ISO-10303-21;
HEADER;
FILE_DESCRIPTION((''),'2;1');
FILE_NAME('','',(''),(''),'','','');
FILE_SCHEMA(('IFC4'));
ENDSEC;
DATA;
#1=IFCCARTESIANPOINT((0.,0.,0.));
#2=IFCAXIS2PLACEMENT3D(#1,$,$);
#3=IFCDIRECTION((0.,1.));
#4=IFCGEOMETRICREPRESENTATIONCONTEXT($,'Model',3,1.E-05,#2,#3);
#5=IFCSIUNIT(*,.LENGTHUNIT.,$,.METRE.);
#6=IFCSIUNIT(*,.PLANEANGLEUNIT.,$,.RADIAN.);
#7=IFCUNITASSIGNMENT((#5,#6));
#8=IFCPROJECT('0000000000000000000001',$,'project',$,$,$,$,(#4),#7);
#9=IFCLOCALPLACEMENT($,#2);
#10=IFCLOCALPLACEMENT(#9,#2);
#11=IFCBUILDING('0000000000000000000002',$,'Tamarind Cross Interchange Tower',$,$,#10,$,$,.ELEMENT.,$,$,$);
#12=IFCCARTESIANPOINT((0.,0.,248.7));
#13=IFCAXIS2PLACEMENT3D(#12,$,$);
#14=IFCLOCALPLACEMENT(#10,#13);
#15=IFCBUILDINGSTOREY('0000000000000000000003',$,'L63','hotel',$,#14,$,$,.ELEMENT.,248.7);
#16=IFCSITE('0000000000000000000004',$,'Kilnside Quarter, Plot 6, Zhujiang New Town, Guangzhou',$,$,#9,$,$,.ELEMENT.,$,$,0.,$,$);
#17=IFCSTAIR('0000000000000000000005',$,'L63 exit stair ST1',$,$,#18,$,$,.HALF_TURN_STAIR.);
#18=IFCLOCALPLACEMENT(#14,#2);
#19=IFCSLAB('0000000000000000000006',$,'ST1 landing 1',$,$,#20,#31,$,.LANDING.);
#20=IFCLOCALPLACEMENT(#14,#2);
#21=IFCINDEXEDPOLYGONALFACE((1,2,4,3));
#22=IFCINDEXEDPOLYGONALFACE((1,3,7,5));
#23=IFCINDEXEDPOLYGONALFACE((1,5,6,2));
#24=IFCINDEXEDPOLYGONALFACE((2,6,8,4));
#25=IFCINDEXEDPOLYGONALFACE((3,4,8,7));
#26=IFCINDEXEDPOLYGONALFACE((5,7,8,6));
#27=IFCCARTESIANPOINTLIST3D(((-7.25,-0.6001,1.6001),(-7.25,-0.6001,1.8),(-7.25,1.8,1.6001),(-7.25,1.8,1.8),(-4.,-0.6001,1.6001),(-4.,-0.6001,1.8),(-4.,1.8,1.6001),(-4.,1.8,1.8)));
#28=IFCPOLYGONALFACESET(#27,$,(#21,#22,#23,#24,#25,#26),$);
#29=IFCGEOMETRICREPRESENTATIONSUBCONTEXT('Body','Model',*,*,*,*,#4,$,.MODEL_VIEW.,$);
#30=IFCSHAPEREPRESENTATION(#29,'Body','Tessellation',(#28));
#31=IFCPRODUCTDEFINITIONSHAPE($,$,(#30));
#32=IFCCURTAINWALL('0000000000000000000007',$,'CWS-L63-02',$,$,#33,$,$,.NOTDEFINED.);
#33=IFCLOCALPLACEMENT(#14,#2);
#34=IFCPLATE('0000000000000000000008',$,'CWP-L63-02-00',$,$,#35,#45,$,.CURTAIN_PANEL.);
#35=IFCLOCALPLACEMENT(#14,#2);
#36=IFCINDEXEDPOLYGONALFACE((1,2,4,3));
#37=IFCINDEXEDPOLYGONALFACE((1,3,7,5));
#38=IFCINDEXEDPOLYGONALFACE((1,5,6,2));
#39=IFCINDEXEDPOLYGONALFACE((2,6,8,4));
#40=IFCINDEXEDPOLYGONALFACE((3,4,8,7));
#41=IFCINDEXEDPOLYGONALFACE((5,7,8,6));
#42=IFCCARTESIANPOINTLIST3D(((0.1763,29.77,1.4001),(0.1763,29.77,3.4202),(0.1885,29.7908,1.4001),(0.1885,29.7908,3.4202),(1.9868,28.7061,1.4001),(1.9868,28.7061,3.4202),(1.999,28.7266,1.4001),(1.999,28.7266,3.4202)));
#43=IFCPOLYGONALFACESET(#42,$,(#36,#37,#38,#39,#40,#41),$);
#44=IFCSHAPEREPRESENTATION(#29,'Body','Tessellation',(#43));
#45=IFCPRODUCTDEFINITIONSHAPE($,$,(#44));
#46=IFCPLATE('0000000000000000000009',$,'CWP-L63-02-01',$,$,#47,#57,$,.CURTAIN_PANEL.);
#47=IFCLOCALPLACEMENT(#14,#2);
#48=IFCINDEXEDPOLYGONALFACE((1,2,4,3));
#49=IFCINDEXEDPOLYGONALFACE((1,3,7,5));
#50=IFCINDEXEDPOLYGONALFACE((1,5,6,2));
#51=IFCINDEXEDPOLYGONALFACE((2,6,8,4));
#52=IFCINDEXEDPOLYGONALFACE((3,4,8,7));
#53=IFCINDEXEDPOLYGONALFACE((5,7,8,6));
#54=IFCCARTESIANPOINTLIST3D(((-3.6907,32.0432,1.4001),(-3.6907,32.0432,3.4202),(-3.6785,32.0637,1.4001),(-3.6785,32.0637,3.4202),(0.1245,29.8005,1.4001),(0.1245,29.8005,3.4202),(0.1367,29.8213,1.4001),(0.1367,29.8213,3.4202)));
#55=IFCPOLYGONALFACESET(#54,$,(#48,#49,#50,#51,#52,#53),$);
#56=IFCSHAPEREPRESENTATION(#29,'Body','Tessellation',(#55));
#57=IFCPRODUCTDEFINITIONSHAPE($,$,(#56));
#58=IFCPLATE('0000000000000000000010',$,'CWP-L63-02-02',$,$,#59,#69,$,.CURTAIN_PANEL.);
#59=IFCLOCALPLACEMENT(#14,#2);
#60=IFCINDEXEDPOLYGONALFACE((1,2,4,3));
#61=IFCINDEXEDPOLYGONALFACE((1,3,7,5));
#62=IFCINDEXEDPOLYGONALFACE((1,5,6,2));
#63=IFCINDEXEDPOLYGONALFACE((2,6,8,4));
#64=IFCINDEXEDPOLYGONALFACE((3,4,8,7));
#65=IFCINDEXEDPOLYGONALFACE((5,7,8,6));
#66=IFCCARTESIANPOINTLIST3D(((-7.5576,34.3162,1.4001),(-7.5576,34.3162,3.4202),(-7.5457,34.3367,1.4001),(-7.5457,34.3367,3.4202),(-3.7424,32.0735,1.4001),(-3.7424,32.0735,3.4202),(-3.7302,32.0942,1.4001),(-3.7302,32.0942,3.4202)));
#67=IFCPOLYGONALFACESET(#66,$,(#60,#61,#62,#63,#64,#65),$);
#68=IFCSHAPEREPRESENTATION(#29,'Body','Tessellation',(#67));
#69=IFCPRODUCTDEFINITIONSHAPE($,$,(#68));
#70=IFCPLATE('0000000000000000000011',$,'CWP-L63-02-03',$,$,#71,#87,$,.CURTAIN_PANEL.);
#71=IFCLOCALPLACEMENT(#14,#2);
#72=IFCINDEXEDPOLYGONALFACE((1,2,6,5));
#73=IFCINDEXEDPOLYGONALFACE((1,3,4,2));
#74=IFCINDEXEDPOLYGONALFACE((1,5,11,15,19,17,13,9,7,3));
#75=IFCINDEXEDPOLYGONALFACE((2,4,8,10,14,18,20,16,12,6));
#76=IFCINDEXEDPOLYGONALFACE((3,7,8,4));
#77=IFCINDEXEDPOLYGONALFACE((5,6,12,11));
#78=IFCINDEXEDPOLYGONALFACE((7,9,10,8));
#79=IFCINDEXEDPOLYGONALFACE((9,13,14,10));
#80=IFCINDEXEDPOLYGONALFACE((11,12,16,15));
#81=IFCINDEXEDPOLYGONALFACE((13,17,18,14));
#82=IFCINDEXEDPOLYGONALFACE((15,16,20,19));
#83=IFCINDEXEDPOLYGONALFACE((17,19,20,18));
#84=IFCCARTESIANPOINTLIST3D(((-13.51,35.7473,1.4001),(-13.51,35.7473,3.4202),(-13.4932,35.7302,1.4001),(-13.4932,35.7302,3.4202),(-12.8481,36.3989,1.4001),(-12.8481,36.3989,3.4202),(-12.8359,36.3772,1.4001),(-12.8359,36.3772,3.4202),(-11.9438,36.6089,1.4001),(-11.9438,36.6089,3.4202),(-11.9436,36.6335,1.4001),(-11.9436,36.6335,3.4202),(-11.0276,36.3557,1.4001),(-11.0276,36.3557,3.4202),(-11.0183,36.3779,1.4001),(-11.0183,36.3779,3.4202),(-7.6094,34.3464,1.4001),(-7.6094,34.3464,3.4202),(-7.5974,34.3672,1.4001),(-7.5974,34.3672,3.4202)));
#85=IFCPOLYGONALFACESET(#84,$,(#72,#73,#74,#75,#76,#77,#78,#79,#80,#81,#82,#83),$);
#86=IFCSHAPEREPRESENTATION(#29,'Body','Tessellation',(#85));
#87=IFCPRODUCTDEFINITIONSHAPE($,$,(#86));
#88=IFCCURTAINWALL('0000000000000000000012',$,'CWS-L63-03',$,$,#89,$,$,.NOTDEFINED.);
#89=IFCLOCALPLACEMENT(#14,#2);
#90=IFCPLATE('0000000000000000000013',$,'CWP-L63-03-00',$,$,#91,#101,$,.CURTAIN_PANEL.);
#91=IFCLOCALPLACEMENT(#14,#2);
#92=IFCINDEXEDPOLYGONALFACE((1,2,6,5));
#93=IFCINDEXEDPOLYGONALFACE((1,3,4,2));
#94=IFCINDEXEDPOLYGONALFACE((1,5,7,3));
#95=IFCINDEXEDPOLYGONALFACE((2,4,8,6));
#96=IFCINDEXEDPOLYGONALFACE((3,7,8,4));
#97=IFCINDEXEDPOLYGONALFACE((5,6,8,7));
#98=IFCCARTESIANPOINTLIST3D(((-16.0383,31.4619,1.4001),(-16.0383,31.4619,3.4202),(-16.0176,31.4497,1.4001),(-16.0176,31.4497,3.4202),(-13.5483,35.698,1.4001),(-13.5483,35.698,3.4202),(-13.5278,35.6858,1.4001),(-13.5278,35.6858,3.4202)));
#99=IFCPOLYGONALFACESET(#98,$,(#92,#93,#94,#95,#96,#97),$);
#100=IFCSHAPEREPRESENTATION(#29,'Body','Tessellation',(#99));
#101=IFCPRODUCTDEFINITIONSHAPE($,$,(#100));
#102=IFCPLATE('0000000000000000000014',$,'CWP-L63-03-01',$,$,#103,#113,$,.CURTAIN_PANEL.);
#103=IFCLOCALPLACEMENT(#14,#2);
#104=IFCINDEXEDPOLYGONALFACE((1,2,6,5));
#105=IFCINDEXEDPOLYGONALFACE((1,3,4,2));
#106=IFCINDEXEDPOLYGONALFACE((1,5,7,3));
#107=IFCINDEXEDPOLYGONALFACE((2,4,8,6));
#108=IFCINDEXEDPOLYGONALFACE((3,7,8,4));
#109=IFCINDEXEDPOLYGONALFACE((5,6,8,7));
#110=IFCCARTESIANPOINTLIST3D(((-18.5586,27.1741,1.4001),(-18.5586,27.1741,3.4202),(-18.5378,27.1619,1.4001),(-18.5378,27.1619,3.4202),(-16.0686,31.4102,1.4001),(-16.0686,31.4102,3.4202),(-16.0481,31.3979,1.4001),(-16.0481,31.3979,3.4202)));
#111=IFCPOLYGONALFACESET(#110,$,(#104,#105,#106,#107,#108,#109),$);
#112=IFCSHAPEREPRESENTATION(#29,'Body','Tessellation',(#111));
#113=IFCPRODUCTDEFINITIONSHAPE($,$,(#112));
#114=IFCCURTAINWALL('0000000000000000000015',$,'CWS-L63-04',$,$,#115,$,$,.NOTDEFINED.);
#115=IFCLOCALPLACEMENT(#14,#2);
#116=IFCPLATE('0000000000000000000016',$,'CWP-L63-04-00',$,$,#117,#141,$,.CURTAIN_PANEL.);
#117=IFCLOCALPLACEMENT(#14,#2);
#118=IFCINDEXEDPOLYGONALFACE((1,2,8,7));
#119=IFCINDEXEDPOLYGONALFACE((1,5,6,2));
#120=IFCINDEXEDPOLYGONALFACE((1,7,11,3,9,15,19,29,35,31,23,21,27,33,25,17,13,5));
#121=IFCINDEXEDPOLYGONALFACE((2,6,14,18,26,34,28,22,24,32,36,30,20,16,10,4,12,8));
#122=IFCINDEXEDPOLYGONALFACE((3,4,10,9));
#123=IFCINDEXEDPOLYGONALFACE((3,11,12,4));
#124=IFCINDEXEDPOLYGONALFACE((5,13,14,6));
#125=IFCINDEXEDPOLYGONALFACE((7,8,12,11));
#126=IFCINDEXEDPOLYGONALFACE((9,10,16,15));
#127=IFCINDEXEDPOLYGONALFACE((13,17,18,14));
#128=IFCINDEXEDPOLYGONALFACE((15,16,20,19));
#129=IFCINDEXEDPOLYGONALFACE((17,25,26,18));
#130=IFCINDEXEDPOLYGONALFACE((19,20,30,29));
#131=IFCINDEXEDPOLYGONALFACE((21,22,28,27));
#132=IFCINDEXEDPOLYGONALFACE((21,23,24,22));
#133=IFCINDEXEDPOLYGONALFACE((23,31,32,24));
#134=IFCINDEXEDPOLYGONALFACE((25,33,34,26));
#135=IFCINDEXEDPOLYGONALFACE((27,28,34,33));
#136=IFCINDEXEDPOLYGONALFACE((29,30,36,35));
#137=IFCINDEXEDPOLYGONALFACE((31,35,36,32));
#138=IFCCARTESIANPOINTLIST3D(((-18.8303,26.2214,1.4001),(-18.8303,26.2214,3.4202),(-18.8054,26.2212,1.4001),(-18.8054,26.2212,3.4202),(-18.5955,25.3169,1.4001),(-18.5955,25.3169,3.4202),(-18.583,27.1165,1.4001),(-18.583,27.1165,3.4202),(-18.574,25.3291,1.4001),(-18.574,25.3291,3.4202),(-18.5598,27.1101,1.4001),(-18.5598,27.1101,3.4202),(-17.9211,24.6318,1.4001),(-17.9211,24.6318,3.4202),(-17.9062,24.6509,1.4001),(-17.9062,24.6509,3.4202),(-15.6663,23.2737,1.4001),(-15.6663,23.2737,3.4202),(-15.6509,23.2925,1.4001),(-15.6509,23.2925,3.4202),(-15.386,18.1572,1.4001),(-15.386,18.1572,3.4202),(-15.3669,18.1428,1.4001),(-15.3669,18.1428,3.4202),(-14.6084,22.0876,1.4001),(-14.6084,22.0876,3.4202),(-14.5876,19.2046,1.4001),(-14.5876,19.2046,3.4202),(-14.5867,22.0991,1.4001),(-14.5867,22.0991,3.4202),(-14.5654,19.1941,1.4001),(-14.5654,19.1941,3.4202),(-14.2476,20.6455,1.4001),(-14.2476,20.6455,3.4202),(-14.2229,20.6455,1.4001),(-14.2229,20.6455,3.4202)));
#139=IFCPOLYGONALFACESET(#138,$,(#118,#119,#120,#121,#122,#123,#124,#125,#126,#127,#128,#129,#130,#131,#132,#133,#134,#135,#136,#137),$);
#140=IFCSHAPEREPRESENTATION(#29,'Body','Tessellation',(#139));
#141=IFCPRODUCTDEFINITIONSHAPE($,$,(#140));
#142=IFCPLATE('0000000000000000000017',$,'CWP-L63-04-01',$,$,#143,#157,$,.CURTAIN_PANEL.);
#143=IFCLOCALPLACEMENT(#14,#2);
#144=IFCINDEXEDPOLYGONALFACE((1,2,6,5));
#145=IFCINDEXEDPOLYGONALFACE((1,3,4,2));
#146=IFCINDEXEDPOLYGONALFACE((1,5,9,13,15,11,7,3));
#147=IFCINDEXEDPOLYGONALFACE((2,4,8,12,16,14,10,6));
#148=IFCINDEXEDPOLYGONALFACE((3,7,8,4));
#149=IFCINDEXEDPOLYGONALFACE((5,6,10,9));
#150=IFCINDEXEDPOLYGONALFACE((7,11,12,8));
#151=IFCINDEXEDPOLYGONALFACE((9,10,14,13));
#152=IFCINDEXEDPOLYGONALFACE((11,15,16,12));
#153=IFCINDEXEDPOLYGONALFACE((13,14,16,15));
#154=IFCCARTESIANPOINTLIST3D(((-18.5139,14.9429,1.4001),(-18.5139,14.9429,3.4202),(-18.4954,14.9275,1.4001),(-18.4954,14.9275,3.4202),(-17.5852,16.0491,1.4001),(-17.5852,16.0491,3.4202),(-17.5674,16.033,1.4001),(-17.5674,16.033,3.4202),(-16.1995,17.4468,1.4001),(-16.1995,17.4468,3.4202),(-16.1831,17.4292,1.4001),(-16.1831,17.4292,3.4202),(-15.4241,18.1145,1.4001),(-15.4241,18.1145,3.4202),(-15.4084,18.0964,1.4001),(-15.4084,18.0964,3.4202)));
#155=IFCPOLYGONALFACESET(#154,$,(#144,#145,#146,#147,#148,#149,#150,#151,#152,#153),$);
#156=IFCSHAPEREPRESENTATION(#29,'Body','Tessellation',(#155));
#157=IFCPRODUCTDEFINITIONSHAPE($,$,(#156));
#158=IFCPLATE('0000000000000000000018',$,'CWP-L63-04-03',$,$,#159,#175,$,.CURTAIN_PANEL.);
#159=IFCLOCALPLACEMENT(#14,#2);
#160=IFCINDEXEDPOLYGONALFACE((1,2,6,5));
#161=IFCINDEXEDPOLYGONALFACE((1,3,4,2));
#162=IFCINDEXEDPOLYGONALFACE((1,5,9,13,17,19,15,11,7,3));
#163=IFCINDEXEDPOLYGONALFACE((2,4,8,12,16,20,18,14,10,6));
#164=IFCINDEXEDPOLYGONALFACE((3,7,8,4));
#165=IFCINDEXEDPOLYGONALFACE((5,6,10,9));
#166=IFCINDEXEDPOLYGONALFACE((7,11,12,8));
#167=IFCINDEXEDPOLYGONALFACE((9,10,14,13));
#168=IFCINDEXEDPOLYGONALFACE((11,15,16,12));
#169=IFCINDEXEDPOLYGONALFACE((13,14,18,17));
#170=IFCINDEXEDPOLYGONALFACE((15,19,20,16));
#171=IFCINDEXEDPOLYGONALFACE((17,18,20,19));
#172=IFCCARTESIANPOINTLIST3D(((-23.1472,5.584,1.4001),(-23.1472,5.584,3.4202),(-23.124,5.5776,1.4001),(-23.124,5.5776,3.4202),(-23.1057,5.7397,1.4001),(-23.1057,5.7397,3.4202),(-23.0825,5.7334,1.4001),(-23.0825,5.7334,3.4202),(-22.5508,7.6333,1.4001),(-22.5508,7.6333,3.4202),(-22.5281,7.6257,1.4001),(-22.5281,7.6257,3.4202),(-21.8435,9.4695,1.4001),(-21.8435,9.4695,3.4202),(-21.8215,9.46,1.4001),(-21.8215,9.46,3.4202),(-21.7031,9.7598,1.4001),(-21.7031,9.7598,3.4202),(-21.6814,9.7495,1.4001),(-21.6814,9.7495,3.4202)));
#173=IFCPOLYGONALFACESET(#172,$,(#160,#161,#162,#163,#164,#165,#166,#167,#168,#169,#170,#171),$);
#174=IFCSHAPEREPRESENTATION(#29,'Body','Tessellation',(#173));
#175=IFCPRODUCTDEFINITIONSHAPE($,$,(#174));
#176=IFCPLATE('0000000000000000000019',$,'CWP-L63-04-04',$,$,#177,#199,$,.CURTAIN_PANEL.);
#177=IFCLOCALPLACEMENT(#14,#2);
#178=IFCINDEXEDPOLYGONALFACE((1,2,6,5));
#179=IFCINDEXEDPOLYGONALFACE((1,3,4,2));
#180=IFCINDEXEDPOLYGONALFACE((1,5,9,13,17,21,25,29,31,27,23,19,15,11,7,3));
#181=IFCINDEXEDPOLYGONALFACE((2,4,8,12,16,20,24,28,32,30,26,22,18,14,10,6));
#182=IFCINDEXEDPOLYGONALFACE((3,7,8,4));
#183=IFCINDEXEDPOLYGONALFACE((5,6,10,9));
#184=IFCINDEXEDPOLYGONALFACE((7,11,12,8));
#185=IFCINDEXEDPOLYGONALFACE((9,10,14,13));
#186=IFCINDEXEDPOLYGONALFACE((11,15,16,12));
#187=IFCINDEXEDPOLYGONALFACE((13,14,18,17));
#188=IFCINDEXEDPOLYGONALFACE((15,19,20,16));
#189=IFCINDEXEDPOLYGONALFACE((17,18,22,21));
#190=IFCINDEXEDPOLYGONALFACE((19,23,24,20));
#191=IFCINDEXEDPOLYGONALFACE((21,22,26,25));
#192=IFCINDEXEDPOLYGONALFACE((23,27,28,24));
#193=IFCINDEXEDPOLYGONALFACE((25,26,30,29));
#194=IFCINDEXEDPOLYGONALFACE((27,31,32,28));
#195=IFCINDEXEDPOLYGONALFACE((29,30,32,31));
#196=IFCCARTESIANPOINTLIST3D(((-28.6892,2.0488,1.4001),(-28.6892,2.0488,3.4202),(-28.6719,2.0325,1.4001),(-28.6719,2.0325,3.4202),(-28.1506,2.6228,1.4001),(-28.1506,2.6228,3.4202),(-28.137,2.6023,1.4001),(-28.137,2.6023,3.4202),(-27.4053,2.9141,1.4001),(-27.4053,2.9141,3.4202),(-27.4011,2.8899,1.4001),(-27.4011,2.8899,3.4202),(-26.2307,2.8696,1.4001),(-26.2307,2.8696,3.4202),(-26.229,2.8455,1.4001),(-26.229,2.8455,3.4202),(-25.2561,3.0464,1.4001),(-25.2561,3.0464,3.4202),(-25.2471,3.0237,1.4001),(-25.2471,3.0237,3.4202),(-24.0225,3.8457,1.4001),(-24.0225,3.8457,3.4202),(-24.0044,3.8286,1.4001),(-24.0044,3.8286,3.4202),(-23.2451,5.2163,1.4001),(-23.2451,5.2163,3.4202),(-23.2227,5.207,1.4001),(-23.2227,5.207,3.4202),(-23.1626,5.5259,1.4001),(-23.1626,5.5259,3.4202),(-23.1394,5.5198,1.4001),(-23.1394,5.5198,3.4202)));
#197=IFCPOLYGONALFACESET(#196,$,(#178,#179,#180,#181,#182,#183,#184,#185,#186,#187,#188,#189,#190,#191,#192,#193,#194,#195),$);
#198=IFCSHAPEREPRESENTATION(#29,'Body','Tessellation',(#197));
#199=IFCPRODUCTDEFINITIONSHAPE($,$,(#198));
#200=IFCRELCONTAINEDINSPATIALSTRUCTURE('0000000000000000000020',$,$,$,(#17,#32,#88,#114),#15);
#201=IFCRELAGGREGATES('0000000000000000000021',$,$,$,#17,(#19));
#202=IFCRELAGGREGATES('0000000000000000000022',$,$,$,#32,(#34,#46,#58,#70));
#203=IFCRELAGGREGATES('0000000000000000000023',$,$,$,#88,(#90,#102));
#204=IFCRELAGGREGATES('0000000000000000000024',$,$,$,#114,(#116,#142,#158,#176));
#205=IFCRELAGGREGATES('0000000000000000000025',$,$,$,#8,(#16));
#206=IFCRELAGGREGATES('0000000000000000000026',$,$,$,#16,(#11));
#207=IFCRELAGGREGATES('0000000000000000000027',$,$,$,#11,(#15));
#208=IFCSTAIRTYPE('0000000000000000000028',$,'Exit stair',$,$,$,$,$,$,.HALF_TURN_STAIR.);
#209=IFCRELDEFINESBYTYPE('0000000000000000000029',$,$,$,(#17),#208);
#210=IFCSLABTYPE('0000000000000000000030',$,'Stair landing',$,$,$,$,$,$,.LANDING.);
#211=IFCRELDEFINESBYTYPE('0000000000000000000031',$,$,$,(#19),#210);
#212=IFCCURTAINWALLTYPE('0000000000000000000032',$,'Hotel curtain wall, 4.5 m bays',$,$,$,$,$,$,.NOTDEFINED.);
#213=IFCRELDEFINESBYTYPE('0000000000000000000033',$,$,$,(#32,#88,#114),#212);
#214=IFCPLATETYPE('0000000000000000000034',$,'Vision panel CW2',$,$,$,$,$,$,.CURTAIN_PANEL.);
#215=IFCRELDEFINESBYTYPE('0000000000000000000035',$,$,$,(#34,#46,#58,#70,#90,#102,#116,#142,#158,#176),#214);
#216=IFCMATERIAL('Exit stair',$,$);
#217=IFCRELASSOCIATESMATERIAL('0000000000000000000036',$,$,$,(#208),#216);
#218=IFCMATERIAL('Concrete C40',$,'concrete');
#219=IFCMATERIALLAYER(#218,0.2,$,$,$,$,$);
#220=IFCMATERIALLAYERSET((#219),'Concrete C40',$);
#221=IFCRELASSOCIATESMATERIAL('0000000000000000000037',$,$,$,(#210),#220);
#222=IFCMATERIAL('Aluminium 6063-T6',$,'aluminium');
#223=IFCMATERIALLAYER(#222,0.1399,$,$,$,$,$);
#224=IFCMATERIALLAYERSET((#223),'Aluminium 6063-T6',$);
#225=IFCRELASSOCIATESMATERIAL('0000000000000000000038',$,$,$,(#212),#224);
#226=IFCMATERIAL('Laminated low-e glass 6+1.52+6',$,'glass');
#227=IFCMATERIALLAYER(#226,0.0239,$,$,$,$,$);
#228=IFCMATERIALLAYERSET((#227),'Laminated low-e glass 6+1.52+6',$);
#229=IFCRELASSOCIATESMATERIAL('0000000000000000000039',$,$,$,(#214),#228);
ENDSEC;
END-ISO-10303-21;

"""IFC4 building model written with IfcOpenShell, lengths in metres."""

from ifc_helpers import new_model, si_unit, direction, frame, origin, place, context, subcontext, project, spatial, polyline, outline, extrude, material, layer, layer_set, type_object, element, aggregate, save


model = new_model("IFC4")

# Units and contexts
model_context = context("Model", 3, precision=1e-05, world=origin(), true_north=direction((0.0, 1.0)))
body_context = subcontext(model_context, "Body", "Model", "MODEL_VIEW")
ifc_project = project(units=[si_unit("LENGTHUNIT", "METRE"), si_unit("PLANEANGLEUNIT", "RADIAN")], contexts=[model_context])

# Site, building, storey
site_placement = place(None, origin())
site = spatial("IfcSite", under=ifc_project, at=site_placement, Name="Kilnside Quarter, Plot 6, Zhujiang New Town, Guangzhou", CompositionType="ELEMENT", RefElevation=0.0)
building_placement = place(site_placement, origin())
building = spatial("IfcBuilding", under=site, at=building_placement, Name="Tamarind Cross Interchange Tower", CompositionType="ELEMENT")
storey_placement = place(building_placement, frame((0.0, 0.0, 248.7)))
storey = spatial("IfcBuildingStorey", under=building, at=storey_placement, Name="L63", Description="hotel", CompositionType="ELEMENT", Elevation=248.7)

# Stair, slab
ifc_material_1 = material(Name="Exit stair")
stair_type = type_object("IfcStairType", Name="Exit stair", PredefinedType="HALF_TURN_STAIR", material=ifc_material_1)
stair_placement = place(storey_placement, origin())
stair = element("IfcStair", 1, at=stair_placement, inside=storey, type_object=stair_type, Name="L63 exit stair ST1", PredefinedType="HALF_TURN_STAIR")
ifc_material_2 = material(Name="Concrete C40", Category="concrete")
ifc_layer_1 = layer(ifc_material_2, 0.2)
ifc_layer_set_1 = layer_set([ifc_layer_1], Name="Concrete C40")
slab_type = type_object("IfcSlabType", Name="Stair landing", PredefinedType="LANDING", material=ifc_layer_set_1)
slab_placement = place(storey_placement, frame((0.0, 0.0, 1.6001)))
slab = element("IfcSlab", 2, at=slab_placement, type_object=slab_type, Name="ST1 landing 1", PredefinedType="LANDING", context=body_context, shape_type="SweptSolid", body=[
    extrude(outline(polyline([(-4.0, -0.6001), (-4.0, 1.8), (-7.25, 1.8), (-7.25, -0.6001), (-4.0, -0.6001)])), origin(), (0.0, 0.0, 1.0), 0.2),
])
aggregate(stair, [slab])

# Curtain walls, plates
ifc_material_3 = material(Name="Aluminium 6063-T6", Category="aluminium")
ifc_layer_2 = layer(ifc_material_3, 0.1399)
ifc_layer_set_2 = layer_set([ifc_layer_2], Name="Aluminium 6063-T6")
curtain_wall_type = type_object("IfcCurtainWallType", Name="Hotel curtain wall, 4.5 m bays", PredefinedType="NOTDEFINED", material=ifc_layer_set_2)
curtain_wall_1_placement = place(storey_placement, origin())
curtain_wall_1 = element("IfcCurtainWall", 3, at=curtain_wall_1_placement, inside=storey, type_object=curtain_wall_type, Name="CWS-L63-02", PredefinedType="NOTDEFINED")
ifc_material_4 = material(Name="Laminated low-e glass 6+1.52+6", Category="glass")
ifc_layer_3 = layer(ifc_material_4, 0.0239)
ifc_layer_set_3 = layer_set([ifc_layer_3], Name="Laminated low-e glass 6+1.52+6")
plate_type = type_object("IfcPlateType", Name="Vision panel CW2", PredefinedType="CURTAIN_PANEL", material=ifc_layer_set_3)
plate_1_placement = place(storey_placement, frame((0.0, 0.0, 1.4001)))
plate_1 = element("IfcPlate", 4, at=plate_1_placement, type_object=plate_type, Name="CWP-L63-02-00", PredefinedType="CURTAIN_PANEL", context=body_context, shape_type="SweptSolid", body=[
    extrude(outline(polyline([(1.9868, 28.7061), (0.1763, 29.77), (0.1885, 29.7908), (1.999, 28.7266), (1.9868, 28.7061)])), origin(), (0.0, 0.0, 1.0), 2.02),
])
plate_2_placement = place(storey_placement, frame((0.0, 0.0, 1.4001)))
plate_2 = element("IfcPlate", 5, at=plate_2_placement, type_object=plate_type, Name="CWP-L63-02-01", PredefinedType="CURTAIN_PANEL", context=body_context, shape_type="SweptSolid", body=[
    extrude(outline(polyline([(0.1245, 29.8005), (-3.6907, 32.0432), (-3.6785, 32.0637), (0.1367, 29.8213), (0.1245, 29.8005)])), origin(), (0.0, 0.0, 1.0), 2.02),
])
plate_3_placement = place(storey_placement, frame((0.0, 0.0, 1.4001)))
plate_3 = element("IfcPlate", 6, at=plate_3_placement, type_object=plate_type, Name="CWP-L63-02-02", PredefinedType="CURTAIN_PANEL", context=body_context, shape_type="SweptSolid", body=[
    extrude(outline(polyline([(-3.7424, 32.0735), (-7.5576, 34.3162), (-7.5457, 34.3367), (-3.7302, 32.0942), (-3.7424, 32.0735)])), origin(), (0.0, 0.0, 1.0), 2.02),
])
plate_4_placement = place(storey_placement, frame((0.0, 0.0, 1.4001)))
plate_4 = element("IfcPlate", 7, at=plate_4_placement, type_object=plate_type, Name="CWP-L63-02-03", PredefinedType="CURTAIN_PANEL", context=body_context, shape_type="SweptSolid", body=[
    extrude(outline(polyline([(-7.6094, 34.3464), (-11.0276, 36.3557), (-11.9438, 36.6089), (-12.8359, 36.3772), (-13.4932, 35.7302), (-13.51, 35.7473), (-12.8481, 36.3989), (-11.9436, 36.6335), (-11.0183, 36.3779), (-7.5974, 34.3672), (-7.6094, 34.3464)])), origin(), (0.0, 0.0, 1.0), 2.02),
])
aggregate(curtain_wall_1, [plate_1, plate_2, plate_3, plate_4])
curtain_wall_2_placement = place(storey_placement, origin())
curtain_wall_2 = element("IfcCurtainWall", 8, at=curtain_wall_2_placement, inside=storey, type_object=curtain_wall_type, Name="CWS-L63-03", PredefinedType="NOTDEFINED")
plate_5_placement = place(storey_placement, frame((0.0, 0.0, 1.4001)))
plate_5 = element("IfcPlate", 9, at=plate_5_placement, type_object=plate_type, Name="CWP-L63-03-00", PredefinedType="CURTAIN_PANEL", context=body_context, shape_type="SweptSolid", body=[
    extrude(outline(polyline([(-13.5278, 35.6858), (-16.0176, 31.4497), (-16.0383, 31.4619), (-13.5483, 35.698), (-13.5278, 35.6858)])), origin(), (0.0, 0.0, 1.0), 2.02),
])
plate_6_placement = place(storey_placement, frame((0.0, 0.0, 1.4001)))
plate_6 = element("IfcPlate", 10, at=plate_6_placement, type_object=plate_type, Name="CWP-L63-03-01", PredefinedType="CURTAIN_PANEL", context=body_context, shape_type="SweptSolid", body=[
    extrude(outline(polyline([(-16.0481, 31.3979), (-18.5378, 27.1619), (-18.5586, 27.1741), (-16.0686, 31.4102), (-16.0481, 31.3979)])), origin(), (0.0, 0.0, 1.0), 2.02),
])
aggregate(curtain_wall_2, [plate_5, plate_6])
curtain_wall_3_placement = place(storey_placement, origin())
curtain_wall_3 = element("IfcCurtainWall", 11, at=curtain_wall_3_placement, inside=storey, type_object=curtain_wall_type, Name="CWS-L63-04", PredefinedType="NOTDEFINED")
plate_7_placement = place(storey_placement, frame((0.0, 0.0, 1.4001)))
plate_7 = element("IfcPlate", 12, at=plate_7_placement, type_object=plate_type, Name="CWP-L63-04-00", PredefinedType="CURTAIN_PANEL", context=body_context, shape_type="SweptSolid", body=[
    extrude(outline(polyline([(-18.5598, 27.1101), (-18.8054, 26.2212), (-18.574, 25.3291), (-17.9062, 24.6509), (-15.6509, 23.2925), (-14.5867, 22.0991), (-14.2229, 20.6455), (-14.5654, 19.1941), (-15.3669, 18.1428), (-15.386, 18.1572), (-14.5876, 19.2046), (-14.2476, 20.6455), (-14.6084, 22.0876), (-15.6663, 23.2737), (-17.9211, 24.6318), (-18.5955, 25.3169), (-18.8303, 26.2214), (-18.583, 27.1165), (-18.5598, 27.1101)])), origin(), (0.0, 0.0, 1.0), 2.02),
])
plate_8_placement = place(storey_placement, frame((0.0, 0.0, 1.4001)))
plate_8 = element("IfcPlate", 13, at=plate_8_placement, type_object=plate_type, Name="CWP-L63-04-01", PredefinedType="CURTAIN_PANEL", context=body_context, shape_type="SweptSolid", body=[
    extrude(outline(polyline([(-15.4084, 18.0964), (-16.1831, 17.4292), (-17.5674, 16.033), (-18.4954, 14.9275), (-18.5139, 14.9429), (-17.5852, 16.0491), (-16.1995, 17.4468), (-15.4241, 18.1145), (-15.4084, 18.0964)])), origin(), (0.0, 0.0, 1.0), 2.02),
])
plate_9_placement = place(storey_placement, frame((0.0, 0.0, 1.4001)))
plate_9 = element("IfcPlate", 14, at=plate_9_placement, type_object=plate_type, Name="CWP-L63-04-03", PredefinedType="CURTAIN_PANEL", context=body_context, shape_type="SweptSolid", body=[
    extrude(outline(polyline([(-21.6814, 9.7495), (-21.8215, 9.46), (-22.5281, 7.6257), (-23.0825, 5.7334), (-23.124, 5.5776), (-23.1472, 5.584), (-23.1057, 5.7397), (-22.5508, 7.6333), (-21.8435, 9.4695), (-21.7031, 9.7598), (-21.6814, 9.7495)])), origin(), (0.0, 0.0, 1.0), 2.02),
])
plate_10_placement = place(storey_placement, frame((0.0, 0.0, 1.4001)))
plate_10 = element("IfcPlate", 15, at=plate_10_placement, type_object=plate_type, Name="CWP-L63-04-04", PredefinedType="CURTAIN_PANEL", context=body_context, shape_type="SweptSolid", body=[
    extrude(outline(polyline([(-23.1394, 5.5198), (-23.2227, 5.207), (-24.0044, 3.8286), (-25.2471, 3.0237), (-26.229, 2.8455), (-27.4011, 2.8899), (-28.137, 2.6023), (-28.6719, 2.0325), (-28.6892, 2.0488), (-28.1506, 2.6228), (-27.4053, 2.9141), (-26.2307, 2.8696), (-25.2561, 3.0464), (-24.0225, 3.8457), (-23.2451, 5.2163), (-23.1626, 5.5259), (-23.1394, 5.5198)])), origin(), (0.0, 0.0, 1.0), 2.02),
])
aggregate(curtain_wall_3, [plate_7, plate_8, plate_9, plate_10])

save(model, "model.ifc")
